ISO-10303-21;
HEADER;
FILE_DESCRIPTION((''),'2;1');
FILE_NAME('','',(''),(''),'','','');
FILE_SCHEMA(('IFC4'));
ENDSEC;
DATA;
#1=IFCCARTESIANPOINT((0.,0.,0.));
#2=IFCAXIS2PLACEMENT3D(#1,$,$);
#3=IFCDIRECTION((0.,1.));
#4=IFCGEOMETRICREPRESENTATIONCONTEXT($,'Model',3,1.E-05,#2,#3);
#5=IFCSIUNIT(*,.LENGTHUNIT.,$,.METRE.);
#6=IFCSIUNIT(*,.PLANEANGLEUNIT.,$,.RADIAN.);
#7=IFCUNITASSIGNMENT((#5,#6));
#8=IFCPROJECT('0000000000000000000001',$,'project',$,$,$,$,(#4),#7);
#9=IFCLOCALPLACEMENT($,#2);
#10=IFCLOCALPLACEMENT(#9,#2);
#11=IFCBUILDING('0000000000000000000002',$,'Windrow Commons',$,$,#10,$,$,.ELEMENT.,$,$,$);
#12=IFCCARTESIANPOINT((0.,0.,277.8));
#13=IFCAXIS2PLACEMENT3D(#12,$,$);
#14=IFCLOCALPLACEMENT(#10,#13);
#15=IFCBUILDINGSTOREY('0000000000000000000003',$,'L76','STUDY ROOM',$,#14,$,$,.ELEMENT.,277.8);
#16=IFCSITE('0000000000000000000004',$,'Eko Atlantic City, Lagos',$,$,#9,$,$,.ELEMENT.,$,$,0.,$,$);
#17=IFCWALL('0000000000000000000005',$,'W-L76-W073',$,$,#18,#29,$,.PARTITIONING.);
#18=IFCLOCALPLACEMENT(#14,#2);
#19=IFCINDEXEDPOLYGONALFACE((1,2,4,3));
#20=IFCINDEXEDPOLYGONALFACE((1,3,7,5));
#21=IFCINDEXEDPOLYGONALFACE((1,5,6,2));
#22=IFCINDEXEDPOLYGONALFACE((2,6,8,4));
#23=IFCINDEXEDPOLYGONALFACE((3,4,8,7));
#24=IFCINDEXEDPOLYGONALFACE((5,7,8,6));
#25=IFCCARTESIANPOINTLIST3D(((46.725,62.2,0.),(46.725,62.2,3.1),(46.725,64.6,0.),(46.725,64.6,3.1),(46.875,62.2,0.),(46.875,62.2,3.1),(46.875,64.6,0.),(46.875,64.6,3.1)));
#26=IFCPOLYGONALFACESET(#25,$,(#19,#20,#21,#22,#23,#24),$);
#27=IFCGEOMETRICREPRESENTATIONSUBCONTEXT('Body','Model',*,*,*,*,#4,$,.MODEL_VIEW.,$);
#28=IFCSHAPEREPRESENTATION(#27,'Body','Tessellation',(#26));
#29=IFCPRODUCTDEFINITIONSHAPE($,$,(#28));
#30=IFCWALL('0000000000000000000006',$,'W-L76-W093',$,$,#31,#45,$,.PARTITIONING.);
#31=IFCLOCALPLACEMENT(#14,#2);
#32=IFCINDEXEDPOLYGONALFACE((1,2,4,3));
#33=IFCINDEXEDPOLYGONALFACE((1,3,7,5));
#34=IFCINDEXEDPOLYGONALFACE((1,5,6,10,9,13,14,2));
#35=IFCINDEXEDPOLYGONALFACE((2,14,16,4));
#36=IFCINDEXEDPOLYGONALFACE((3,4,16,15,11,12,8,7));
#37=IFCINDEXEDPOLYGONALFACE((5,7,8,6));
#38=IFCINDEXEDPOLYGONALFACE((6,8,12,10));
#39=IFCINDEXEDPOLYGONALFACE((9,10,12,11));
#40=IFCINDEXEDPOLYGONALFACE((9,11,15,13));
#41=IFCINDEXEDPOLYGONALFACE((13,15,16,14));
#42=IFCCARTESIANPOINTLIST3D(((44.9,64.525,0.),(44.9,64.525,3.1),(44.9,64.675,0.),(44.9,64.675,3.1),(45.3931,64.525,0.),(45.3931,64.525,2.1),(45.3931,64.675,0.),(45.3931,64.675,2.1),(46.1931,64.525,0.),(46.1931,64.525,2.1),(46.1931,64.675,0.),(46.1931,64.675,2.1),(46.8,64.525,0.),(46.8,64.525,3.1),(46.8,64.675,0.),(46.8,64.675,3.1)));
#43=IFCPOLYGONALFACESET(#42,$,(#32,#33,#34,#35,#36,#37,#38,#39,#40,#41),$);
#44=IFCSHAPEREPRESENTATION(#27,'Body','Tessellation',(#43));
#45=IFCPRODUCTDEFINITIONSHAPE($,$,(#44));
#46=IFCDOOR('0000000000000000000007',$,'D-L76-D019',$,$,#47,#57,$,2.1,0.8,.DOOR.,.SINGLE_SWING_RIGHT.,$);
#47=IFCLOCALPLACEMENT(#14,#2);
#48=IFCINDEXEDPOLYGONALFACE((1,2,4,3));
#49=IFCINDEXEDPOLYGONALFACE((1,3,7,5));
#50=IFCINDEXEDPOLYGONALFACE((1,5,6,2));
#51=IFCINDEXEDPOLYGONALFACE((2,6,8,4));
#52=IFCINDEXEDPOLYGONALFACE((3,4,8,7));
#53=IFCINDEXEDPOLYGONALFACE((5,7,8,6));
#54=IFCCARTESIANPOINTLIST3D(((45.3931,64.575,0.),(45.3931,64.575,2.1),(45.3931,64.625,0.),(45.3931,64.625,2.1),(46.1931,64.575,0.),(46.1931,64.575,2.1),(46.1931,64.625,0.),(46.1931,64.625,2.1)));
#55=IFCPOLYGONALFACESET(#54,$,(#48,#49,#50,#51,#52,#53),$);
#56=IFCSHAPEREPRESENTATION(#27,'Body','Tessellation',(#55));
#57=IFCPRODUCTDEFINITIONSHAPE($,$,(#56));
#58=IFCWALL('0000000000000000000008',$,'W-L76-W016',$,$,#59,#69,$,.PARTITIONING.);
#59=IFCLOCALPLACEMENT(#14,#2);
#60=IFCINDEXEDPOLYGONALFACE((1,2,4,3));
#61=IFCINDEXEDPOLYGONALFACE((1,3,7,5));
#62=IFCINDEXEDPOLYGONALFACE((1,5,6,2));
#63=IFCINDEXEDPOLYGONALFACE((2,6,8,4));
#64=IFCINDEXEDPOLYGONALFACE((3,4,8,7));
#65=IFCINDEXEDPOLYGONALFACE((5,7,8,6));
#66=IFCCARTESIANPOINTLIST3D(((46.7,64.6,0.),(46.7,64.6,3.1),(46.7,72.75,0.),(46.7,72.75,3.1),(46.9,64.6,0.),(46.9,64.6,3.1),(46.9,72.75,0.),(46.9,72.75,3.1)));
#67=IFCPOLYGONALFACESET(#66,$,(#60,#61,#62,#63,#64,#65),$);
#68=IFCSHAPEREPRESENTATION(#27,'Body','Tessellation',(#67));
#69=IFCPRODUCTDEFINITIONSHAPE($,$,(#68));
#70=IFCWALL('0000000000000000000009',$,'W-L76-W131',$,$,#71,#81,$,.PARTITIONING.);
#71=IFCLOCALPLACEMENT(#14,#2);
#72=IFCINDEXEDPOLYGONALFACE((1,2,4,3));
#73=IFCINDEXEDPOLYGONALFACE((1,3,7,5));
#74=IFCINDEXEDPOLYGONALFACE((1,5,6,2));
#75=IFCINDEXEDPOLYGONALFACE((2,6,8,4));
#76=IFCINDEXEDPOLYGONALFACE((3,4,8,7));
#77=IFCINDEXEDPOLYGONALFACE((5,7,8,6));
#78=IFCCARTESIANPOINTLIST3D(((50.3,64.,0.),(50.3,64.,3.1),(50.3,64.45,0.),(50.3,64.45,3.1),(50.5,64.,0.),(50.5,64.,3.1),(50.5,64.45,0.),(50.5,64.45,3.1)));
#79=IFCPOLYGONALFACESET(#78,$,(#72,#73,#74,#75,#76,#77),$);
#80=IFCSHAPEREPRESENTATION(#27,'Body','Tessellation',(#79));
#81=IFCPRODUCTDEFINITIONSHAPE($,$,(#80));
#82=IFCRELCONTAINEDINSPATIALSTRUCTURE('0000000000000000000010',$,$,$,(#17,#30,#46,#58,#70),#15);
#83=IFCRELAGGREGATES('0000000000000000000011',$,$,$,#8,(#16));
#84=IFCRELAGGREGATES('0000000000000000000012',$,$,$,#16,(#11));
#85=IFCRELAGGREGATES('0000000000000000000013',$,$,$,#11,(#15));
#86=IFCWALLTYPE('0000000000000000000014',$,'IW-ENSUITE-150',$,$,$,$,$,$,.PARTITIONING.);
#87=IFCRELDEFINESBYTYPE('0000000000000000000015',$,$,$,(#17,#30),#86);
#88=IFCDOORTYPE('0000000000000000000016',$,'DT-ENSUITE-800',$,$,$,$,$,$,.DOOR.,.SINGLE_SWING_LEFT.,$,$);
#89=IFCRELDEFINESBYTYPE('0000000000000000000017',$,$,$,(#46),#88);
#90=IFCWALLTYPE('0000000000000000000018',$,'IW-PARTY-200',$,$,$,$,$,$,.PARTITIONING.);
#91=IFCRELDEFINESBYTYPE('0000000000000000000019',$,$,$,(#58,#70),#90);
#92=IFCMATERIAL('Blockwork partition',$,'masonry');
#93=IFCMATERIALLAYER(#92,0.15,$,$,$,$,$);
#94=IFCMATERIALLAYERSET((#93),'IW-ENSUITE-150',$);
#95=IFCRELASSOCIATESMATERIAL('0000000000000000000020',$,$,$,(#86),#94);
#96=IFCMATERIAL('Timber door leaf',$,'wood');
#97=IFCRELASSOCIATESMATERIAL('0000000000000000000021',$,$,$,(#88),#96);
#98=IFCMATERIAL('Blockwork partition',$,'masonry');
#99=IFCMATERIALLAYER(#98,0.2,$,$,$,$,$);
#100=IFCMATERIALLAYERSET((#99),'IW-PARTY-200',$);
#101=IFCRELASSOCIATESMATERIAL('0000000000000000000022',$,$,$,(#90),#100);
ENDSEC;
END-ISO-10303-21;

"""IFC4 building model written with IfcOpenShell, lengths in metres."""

from ifc_helpers import new_model, si_unit, direction, frame, frame_2d, origin, place, context, subcontext, project, spatial, rectangle, extrude, material, layer, layer_set, type_object, element, fill, save


model = new_model("IFC4")

# Units and contexts
model_context = context("Model", 3, precision=1e-05, world=origin(), true_north=direction((0.0, 1.0)))
body_context = subcontext(model_context, "Body", "Model", "MODEL_VIEW")
ifc_project = project(units=[si_unit("LENGTHUNIT", "METRE"), si_unit("PLANEANGLEUNIT", "RADIAN")], contexts=[model_context])

# Site, building, storey
site_placement = place(None, origin())
site = spatial("IfcSite", under=ifc_project, at=site_placement, Name="Eko Atlantic City, Lagos", CompositionType="ELEMENT", RefElevation=0.0)
building_placement = place(site_placement, origin())
building = spatial("IfcBuilding", under=site, at=building_placement, Name="Windrow Commons", CompositionType="ELEMENT")
storey_placement = place(building_placement, frame((0.0, 0.0, 277.8)))
storey = spatial("IfcBuildingStorey", under=building, at=storey_placement, Name="L76", Description="STUDY ROOM", CompositionType="ELEMENT", Elevation=277.8)

# Wall
ifc_material_1 = material(Name="Blockwork partition", Category="masonry")
ifc_layer_1 = layer(ifc_material_1, 0.15)
ifc_layer_set_1 = layer_set([ifc_layer_1], Name="IW-ENSUITE-150")
wall_type_1 = type_object("IfcWallType", Name="IW-ENSUITE-150", PredefinedType="PARTITIONING", material=ifc_layer_set_1)
for number, where, z_axis, x_axis, name in (
    (1, (46.8, 62.2, 0.0), (0.0, 0.0, 1.0), (0.0, 1.0, 0.0), "W-L76-W073"),
):
    element("IfcWall", number, at=place(storey_placement, frame(where, z_axis=z_axis, x_axis=x_axis)), inside=storey, type_object=wall_type_1, Name=name, PredefinedType="PARTITIONING", context=body_context, shape_type="SweptSolid", body=[
        extrude(rectangle(XDim=2.4, YDim=0.15, at=frame_2d((1.2, 0.0))), origin(), (0.0, 0.0, 1.0), 3.1),
    ])

# Wall, opening, door
wall_1_placement = place(storey_placement, frame((44.9, 64.6, 0.0), z_axis=(0.0, 0.0, 1.0), x_axis=(1.0, 0.0, 0.0)))
wall_1 = element("IfcWall", 2, at=wall_1_placement, inside=storey, type_object=wall_type_1, Name="W-L76-W093", PredefinedType="PARTITIONING", context=body_context, shape_type="SweptSolid", body=[
    extrude(rectangle(XDim=1.9, YDim=0.15, at=frame_2d((0.95, 0.0))), origin(), (0.0, 0.0, 1.0), 3.1),
])
opening_1_placement = place(wall_1_placement, frame((0.4931, 0.0, 0.0)))
opening_1 = element("IfcOpeningElement", 3, at=opening_1_placement, cuts=wall_1, PredefinedType="OPENING", context=body_context, shape_type="SweptSolid", body=[
    extrude(rectangle(XDim=0.8, YDim=2.1, at=frame_2d((0.4, 1.05))), frame((0.0, 0.085, 0.0), z_axis=(0.0, -1.0, 0.0), x_axis=(1.0, 0.0, 0.0)), (0.0, 0.0, 1.0), 0.17),
])
ifc_material_2 = material(Name="Timber door leaf", Category="wood")
door_type_1 = type_object("IfcDoorType", Name="DT-ENSUITE-800", OperationType="SINGLE_SWING_LEFT", PredefinedType="DOOR", material=ifc_material_2)
door_1_placement = place(opening_1_placement, origin())
door_1 = element("IfcDoor", 4, at=door_1_placement, inside=storey, type_object=door_type_1, Name="D-L76-D019", OperationType="SINGLE_SWING_RIGHT", OverallHeight=2.1, OverallWidth=0.8, PredefinedType="DOOR", context=body_context, shape_type="SweptSolid", body=[
    extrude(rectangle(XDim=0.8, YDim=2.1, at=frame_2d((0.4, 1.05))), frame((0.0, 0.025, 0.0), z_axis=(0.0, -1.0, 0.0), x_axis=(1.0, 0.0, 0.0)), (0.0, 0.0, 1.0), 0.05),
])
fill(opening_1, door_1)

# Walls
ifc_material_3 = material(Name="Blockwork partition", Category="masonry")
ifc_layer_2 = layer(ifc_material_3, 0.2)
ifc_layer_set_2 = layer_set([ifc_layer_2], Name="IW-PARTY-200")
wall_type_2 = type_object("IfcWallType", Name="IW-PARTY-200", PredefinedType="PARTITIONING", material=ifc_layer_set_2)
wall_2_placement = place(storey_placement, frame((46.8, 64.6, 0.0), z_axis=(0.0, 0.0, 1.0), x_axis=(0.0, 1.0, 0.0)))
element("IfcWall", 5, at=wall_2_placement, inside=storey, type_object=wall_type_2, Name="W-L76-W016", PredefinedType="PARTITIONING", context=body_context, shape_type="SweptSolid", body=[
    extrude(rectangle(XDim=8.15, YDim=0.2, at=frame_2d((4.075, 0.0))), origin(), (0.0, 0.0, 1.0), 3.1),
])
wall_3_placement = place(storey_placement, frame((50.4, 64.0, 0.0), z_axis=(0.0, 0.0, 1.0), x_axis=(0.0, 1.0, 0.0)))
element("IfcWall", 6, at=wall_3_placement, inside=storey, type_object=wall_type_2, Name="W-L76-W131", PredefinedType="PARTITIONING", context=body_context, shape_type="SweptSolid", body=[
    extrude(rectangle(XDim=0.45, YDim=0.2, at=frame_2d((0.225, 0.0))), origin(), (0.0, 0.0, 1.0), 3.1),
])

save(model, "model.ifc")
